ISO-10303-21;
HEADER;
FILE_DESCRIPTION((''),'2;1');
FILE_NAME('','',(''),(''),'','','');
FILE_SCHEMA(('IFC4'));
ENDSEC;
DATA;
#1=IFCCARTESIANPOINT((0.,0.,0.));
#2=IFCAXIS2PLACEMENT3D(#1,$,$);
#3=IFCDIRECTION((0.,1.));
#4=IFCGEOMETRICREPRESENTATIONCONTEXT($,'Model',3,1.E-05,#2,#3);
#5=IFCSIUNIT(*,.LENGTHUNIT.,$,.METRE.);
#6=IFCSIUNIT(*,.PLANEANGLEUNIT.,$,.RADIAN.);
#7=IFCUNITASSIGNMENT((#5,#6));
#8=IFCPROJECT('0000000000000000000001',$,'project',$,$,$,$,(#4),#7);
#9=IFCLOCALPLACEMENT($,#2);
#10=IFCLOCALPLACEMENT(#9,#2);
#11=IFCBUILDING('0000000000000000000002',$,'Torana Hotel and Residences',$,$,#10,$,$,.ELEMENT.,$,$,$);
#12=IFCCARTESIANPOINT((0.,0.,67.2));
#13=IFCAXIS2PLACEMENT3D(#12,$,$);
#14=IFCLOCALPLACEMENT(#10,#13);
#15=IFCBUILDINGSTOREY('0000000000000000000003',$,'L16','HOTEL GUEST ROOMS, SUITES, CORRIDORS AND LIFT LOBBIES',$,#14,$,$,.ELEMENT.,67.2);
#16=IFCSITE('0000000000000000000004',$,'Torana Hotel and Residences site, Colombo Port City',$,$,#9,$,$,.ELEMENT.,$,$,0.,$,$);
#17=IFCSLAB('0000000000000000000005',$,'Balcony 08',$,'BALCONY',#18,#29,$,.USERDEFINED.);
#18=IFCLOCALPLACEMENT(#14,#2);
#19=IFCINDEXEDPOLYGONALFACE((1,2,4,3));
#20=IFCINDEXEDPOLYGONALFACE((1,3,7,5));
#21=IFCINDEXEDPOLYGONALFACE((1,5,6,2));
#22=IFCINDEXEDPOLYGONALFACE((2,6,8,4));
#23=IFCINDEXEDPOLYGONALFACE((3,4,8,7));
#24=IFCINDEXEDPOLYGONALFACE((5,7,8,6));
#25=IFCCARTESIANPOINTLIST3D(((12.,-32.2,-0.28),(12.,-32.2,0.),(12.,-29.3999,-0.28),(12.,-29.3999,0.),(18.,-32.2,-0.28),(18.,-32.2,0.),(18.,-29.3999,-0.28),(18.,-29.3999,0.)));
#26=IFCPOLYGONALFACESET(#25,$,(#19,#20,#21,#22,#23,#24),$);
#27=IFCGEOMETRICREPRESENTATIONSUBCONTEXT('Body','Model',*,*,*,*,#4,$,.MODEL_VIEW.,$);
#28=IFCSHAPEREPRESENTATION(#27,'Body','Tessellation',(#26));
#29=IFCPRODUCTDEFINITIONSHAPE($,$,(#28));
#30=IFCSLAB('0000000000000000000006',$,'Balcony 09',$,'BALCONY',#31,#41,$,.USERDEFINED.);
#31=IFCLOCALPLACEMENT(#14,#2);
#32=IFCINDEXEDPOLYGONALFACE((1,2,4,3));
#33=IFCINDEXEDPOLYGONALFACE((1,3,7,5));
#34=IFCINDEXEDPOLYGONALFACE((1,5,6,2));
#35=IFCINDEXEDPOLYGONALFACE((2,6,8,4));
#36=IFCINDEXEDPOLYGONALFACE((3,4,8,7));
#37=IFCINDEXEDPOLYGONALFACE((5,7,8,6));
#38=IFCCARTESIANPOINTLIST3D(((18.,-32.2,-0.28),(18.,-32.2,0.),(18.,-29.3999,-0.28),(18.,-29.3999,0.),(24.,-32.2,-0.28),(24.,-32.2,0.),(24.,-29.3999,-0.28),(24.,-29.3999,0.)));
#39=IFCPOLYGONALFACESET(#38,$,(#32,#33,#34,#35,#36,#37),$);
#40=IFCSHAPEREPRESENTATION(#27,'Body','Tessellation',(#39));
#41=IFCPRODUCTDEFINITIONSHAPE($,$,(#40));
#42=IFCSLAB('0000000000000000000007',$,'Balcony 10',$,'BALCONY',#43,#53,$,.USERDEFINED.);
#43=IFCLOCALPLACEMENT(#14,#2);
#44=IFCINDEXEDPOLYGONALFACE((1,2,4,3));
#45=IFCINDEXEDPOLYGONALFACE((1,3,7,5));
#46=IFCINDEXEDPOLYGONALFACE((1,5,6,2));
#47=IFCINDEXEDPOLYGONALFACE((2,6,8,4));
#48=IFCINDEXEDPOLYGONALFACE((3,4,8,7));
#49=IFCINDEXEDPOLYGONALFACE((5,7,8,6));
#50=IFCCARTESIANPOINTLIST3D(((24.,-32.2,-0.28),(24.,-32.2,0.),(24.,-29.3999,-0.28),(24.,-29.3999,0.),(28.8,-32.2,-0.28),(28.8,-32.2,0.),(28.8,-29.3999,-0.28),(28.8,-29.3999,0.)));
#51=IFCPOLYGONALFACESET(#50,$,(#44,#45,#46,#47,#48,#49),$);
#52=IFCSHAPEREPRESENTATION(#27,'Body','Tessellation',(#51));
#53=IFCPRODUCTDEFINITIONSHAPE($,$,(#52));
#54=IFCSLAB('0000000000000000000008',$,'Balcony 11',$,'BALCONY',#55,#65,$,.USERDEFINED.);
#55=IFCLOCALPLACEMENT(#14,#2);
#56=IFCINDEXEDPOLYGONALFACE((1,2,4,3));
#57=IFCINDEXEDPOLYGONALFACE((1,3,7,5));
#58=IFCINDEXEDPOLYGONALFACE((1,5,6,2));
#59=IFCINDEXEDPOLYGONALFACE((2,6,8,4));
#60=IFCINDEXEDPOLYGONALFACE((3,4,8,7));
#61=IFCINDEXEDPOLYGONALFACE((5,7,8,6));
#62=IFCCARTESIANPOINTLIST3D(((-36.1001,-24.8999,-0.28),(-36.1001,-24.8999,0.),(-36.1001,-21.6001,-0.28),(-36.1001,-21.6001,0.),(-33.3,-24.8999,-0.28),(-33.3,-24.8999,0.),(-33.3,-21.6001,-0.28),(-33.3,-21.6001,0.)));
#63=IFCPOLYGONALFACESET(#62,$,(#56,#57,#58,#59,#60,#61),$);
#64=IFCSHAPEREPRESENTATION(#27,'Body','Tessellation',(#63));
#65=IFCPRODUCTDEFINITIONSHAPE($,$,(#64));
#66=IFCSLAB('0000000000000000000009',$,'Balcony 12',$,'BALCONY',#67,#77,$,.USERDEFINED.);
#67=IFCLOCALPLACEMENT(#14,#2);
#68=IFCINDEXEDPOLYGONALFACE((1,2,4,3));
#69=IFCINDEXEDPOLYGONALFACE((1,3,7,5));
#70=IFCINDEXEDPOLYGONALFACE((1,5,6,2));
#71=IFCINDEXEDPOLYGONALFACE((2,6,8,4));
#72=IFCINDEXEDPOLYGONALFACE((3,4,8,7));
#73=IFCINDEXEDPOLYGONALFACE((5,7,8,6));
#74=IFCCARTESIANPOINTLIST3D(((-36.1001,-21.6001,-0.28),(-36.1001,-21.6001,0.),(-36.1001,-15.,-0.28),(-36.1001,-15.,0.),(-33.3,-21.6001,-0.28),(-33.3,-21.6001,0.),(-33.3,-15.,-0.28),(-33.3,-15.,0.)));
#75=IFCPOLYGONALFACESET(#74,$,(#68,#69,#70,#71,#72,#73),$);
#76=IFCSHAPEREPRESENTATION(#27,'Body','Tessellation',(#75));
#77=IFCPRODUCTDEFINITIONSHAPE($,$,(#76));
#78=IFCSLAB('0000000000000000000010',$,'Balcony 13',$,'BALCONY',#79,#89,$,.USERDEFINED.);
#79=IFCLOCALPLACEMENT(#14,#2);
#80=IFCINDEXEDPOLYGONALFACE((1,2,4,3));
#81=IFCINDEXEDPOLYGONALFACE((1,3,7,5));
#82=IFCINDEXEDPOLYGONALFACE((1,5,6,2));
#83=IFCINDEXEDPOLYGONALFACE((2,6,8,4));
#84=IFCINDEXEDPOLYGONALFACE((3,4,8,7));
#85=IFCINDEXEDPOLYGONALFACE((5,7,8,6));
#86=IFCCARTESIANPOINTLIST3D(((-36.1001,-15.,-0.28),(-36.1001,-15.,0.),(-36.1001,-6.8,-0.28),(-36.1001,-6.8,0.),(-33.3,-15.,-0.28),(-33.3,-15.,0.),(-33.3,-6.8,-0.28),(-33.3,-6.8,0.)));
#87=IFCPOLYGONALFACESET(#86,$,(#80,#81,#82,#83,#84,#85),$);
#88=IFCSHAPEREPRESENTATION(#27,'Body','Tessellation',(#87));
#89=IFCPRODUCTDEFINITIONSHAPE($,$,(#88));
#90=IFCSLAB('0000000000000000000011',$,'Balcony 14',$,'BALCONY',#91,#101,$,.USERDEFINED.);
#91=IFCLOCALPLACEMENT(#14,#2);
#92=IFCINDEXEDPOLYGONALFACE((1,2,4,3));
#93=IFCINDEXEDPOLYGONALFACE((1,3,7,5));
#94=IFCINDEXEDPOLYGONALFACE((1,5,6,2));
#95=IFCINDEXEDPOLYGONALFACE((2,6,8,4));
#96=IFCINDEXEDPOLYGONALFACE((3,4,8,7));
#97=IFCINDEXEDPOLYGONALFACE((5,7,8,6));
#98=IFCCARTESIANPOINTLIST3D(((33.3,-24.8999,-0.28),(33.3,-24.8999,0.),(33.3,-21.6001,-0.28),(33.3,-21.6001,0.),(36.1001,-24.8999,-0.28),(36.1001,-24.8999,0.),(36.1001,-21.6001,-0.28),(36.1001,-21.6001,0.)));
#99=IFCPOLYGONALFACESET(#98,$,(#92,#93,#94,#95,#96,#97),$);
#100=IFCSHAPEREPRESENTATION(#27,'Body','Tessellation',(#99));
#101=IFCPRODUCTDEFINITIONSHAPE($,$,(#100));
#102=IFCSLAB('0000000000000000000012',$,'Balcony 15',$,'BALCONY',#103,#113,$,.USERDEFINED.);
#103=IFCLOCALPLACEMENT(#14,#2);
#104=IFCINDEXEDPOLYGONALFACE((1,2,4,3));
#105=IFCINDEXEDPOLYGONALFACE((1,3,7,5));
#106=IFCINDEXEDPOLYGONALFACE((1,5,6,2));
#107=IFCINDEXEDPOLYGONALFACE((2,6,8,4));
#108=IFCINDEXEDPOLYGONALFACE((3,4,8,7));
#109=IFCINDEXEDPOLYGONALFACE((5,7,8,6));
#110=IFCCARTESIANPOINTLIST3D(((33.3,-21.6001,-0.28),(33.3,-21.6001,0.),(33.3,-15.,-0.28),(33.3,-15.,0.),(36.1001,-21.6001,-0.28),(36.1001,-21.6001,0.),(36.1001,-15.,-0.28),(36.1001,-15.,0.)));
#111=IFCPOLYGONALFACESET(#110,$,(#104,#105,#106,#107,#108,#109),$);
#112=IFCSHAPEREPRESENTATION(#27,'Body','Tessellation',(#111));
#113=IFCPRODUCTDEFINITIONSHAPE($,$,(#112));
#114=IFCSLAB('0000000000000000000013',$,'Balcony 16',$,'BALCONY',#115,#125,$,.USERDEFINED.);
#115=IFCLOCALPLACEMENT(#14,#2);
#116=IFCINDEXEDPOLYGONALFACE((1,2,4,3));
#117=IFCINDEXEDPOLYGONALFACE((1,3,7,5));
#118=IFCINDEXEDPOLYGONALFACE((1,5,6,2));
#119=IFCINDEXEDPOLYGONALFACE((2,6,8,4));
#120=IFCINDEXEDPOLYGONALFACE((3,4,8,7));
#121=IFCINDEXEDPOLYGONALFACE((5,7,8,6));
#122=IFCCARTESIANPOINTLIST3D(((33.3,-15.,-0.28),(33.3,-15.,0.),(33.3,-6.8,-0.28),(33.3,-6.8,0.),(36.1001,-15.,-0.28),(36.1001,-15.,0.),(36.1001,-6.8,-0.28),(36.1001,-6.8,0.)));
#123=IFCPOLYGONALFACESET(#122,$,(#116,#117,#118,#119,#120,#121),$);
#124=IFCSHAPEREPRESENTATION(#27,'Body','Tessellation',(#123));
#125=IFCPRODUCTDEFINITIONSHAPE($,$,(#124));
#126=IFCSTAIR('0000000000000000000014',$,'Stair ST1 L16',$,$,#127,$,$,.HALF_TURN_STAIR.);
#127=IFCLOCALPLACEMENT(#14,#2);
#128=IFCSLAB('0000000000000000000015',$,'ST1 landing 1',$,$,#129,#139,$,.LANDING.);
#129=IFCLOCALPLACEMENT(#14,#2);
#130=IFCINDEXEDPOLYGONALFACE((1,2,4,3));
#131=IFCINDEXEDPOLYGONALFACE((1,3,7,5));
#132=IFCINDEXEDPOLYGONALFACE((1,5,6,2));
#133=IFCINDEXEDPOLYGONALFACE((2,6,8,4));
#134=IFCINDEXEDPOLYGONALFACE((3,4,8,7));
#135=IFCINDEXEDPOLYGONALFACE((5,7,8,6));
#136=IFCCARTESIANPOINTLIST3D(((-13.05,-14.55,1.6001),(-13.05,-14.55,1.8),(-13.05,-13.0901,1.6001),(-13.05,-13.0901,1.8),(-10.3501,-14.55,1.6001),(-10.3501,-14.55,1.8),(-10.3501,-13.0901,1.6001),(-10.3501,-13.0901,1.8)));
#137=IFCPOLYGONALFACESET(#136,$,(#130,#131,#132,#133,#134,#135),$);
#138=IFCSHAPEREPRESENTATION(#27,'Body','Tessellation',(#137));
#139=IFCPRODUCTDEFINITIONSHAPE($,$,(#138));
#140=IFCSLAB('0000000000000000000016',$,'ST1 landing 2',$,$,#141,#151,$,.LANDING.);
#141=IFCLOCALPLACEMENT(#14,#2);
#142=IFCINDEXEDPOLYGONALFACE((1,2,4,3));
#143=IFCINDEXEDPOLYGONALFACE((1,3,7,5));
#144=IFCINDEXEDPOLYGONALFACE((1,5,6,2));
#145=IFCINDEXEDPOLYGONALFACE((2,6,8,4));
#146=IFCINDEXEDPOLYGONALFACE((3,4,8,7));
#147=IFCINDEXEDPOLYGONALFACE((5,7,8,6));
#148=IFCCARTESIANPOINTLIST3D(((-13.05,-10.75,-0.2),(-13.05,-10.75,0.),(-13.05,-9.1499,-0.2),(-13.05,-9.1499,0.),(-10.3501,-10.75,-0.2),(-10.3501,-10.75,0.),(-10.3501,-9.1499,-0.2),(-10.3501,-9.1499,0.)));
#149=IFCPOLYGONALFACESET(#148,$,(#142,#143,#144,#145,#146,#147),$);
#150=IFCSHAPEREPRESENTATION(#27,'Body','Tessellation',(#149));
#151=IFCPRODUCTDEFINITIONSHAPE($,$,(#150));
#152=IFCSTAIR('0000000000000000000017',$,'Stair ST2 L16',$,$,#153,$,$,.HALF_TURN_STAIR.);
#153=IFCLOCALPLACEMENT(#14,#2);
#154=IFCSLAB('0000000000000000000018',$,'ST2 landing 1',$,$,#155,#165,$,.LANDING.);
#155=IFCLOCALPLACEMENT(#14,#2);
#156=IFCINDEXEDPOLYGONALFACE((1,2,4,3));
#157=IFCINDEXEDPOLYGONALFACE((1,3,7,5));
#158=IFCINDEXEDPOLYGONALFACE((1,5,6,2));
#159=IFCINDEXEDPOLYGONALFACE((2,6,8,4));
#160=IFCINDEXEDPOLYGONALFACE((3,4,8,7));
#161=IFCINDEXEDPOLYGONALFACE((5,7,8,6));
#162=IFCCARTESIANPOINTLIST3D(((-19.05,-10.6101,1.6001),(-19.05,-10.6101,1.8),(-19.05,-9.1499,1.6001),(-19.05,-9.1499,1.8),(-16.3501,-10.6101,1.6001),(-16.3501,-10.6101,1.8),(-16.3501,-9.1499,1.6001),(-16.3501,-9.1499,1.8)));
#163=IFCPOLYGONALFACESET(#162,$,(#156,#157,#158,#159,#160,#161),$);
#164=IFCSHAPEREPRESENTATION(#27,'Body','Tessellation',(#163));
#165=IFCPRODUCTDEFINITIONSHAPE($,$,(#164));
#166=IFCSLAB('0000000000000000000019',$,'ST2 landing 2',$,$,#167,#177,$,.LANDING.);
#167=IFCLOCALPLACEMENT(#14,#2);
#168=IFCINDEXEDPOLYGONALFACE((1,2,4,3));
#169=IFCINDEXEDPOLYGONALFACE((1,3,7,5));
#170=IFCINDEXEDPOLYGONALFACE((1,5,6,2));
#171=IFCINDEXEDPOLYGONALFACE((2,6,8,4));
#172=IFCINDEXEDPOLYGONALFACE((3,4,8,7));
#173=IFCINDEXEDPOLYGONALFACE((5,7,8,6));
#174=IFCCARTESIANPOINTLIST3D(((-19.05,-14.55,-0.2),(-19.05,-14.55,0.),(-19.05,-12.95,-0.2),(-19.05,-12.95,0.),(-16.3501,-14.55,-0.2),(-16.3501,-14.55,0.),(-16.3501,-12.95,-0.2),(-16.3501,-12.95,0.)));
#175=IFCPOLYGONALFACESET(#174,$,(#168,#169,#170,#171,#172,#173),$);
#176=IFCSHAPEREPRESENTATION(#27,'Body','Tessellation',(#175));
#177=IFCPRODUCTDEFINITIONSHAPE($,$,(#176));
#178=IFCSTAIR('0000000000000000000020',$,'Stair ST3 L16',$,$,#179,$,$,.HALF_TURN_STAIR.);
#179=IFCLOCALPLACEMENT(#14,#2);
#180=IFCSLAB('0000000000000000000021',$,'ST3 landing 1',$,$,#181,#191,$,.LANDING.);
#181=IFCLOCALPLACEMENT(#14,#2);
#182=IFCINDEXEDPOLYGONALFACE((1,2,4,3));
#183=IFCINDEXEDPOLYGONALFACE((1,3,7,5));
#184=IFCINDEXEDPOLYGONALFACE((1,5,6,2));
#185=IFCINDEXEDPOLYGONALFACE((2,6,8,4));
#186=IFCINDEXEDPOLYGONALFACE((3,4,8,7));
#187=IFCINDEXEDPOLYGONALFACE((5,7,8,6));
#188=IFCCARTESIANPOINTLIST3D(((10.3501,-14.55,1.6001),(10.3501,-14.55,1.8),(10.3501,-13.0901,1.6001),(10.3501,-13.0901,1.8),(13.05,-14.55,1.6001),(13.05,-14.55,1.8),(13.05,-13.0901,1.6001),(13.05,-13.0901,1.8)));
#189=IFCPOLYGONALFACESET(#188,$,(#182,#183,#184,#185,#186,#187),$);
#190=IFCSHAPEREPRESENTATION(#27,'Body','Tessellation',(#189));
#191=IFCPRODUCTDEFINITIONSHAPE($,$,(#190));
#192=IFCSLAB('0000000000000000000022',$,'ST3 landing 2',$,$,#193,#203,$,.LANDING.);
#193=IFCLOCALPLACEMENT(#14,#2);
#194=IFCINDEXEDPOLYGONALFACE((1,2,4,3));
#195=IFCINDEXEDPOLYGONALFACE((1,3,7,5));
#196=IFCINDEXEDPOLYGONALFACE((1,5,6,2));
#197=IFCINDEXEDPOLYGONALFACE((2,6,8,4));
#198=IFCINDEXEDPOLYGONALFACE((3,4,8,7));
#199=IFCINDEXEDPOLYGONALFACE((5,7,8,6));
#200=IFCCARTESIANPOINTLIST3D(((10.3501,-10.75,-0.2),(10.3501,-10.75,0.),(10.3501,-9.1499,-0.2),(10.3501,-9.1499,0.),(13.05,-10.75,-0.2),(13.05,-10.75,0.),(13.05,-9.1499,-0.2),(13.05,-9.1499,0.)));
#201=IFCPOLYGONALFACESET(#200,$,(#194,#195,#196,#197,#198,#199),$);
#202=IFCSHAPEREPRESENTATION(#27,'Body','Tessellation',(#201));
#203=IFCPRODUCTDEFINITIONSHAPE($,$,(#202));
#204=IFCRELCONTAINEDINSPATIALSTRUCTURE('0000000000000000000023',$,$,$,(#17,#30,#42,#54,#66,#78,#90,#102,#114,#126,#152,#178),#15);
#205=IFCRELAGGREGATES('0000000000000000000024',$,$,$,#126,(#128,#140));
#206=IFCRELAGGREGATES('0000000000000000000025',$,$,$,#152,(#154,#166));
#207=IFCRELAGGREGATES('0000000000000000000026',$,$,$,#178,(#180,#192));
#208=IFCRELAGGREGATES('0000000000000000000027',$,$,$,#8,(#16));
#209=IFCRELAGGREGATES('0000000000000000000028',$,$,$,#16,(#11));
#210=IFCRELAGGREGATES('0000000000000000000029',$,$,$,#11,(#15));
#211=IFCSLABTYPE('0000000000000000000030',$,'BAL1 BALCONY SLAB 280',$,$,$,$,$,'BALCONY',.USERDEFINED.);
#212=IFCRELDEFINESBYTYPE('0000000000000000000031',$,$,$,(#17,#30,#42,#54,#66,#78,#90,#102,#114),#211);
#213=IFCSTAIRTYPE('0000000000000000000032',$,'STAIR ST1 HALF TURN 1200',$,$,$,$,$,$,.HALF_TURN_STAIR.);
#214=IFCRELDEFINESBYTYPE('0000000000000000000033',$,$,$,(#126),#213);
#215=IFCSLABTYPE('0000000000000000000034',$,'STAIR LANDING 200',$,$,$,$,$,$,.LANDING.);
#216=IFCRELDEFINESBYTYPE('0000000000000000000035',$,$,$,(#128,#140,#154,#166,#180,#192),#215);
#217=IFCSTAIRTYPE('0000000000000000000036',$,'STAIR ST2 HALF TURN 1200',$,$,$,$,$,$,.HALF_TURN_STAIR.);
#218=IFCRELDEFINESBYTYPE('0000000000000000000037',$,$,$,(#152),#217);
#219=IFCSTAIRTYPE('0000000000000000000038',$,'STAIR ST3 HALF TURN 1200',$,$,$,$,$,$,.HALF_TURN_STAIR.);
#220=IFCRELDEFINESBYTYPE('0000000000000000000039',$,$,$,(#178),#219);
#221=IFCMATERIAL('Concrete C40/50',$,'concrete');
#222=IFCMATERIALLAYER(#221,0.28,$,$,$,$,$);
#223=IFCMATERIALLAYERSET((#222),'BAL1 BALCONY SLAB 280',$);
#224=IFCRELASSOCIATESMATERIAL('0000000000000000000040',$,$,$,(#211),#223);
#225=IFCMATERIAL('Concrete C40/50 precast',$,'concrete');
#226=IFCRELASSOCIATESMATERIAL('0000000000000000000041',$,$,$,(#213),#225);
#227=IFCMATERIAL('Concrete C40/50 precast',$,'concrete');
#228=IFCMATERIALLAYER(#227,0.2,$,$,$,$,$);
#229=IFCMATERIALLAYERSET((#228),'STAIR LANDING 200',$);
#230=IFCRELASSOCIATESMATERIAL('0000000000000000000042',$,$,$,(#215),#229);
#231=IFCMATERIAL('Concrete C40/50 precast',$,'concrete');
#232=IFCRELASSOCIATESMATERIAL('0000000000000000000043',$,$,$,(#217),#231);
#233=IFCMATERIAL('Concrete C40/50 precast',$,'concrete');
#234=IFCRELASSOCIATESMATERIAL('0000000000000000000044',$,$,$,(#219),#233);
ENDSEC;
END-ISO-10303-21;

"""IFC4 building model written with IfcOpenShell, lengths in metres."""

from ifc_helpers import new_model, si_unit, direction, frame, origin, place, context, subcontext, project, spatial, polyline, outline, extrude, material, layer, layer_set, type_object, element, aggregate, save


model = new_model("IFC4")

# Units and contexts
model_context = context("Model", 3, precision=1e-05, world=origin(), true_north=direction((0.0, 1.0)))
body_context = subcontext(model_context, "Body", "Model", "MODEL_VIEW")
ifc_project = project(units=[si_unit("LENGTHUNIT", "METRE"), si_unit("PLANEANGLEUNIT", "RADIAN")], contexts=[model_context])

# Site, building, storey
site_placement = place(None, origin())
site = spatial("IfcSite", under=ifc_project, at=site_placement, Name="Torana Hotel and Residences site, Colombo Port City", CompositionType="ELEMENT", RefElevation=0.0)
building_placement = place(site_placement, origin())
building = spatial("IfcBuilding", under=site, at=building_placement, Name="Torana Hotel and Residences", CompositionType="ELEMENT")
storey_placement = place(building_placement, frame((0.0, 0.0, 67.2)))
storey = spatial("IfcBuildingStorey", under=building, at=storey_placement, Name="L16", Description="HOTEL GUEST ROOMS, SUITES, CORRIDORS AND LIFT LOBBIES", CompositionType="ELEMENT", Elevation=67.2)

# Slabs
ifc_material_1 = material(Name="Concrete C40/50", Category="concrete")
ifc_layer_1 = layer(ifc_material_1, 0.28)
ifc_layer_set_1 = layer_set([ifc_layer_1], Name="BAL1 BALCONY SLAB 280")
slab_type_1 = type_object("IfcSlabType", Name="BAL1 BALCONY SLAB 280", ElementType="BALCONY", PredefinedType="USERDEFINED", material=ifc_layer_set_1)
slab_1_placement = place(storey_placement, frame((0.0, 0.0, -0.28)))
element("IfcSlab", 1, at=slab_1_placement, inside=storey, type_object=slab_type_1, Name="Balcony 08", ObjectType="BALCONY", PredefinedType="USERDEFINED", context=body_context, shape_type="SweptSolid", body=[
    extrude(outline(polyline([(12.0, -32.2), (18.0, -32.2), (18.0, -29.3999), (12.0, -29.3999), (12.0, -32.2)])), origin(), (0.0, 0.0, 1.0), 0.28),
])
slab_2_placement = place(storey_placement, frame((0.0, 0.0, -0.28)))
element("IfcSlab", 2, at=slab_2_placement, inside=storey, type_object=slab_type_1, Name="Balcony 09", ObjectType="BALCONY", PredefinedType="USERDEFINED", context=body_context, shape_type="SweptSolid", body=[
    extrude(outline(polyline([(18.0, -32.2), (24.0, -32.2), (24.0, -29.3999), (18.0, -29.3999), (18.0, -32.2)])), origin(), (0.0, 0.0, 1.0), 0.28),
])
slab_3_placement = place(storey_placement, frame((0.0, 0.0, -0.28)))
element("IfcSlab", 3, at=slab_3_placement, inside=storey, type_object=slab_type_1, Name="Balcony 10", ObjectType="BALCONY", PredefinedType="USERDEFINED", context=body_context, shape_type="SweptSolid", body=[
    extrude(outline(polyline([(24.0, -32.2), (28.8, -32.2), (28.8, -29.3999), (24.0, -29.3999), (24.0, -32.2)])), origin(), (0.0, 0.0, 1.0), 0.28),
])
slab_4_placement = place(storey_placement, frame((0.0, 0.0, -0.28)))
element("IfcSlab", 4, at=slab_4_placement, inside=storey, type_object=slab_type_1, Name="Balcony 11", ObjectType="BALCONY", PredefinedType="USERDEFINED", context=body_context, shape_type="SweptSolid", body=[
    extrude(outline(polyline([(-36.1001, -24.8999), (-33.3, -24.8999), (-33.3, -21.6001), (-36.1001, -21.6001), (-36.1001, -24.8999)])), origin(), (0.0, 0.0, 1.0), 0.28),
])
slab_5_placement = place(storey_placement, frame((0.0, 0.0, -0.28)))
element("IfcSlab", 5, at=slab_5_placement, inside=storey, type_object=slab_type_1, Name="Balcony 12", ObjectType="BALCONY", PredefinedType="USERDEFINED", context=body_context, shape_type="SweptSolid", body=[
    extrude(outline(polyline([(-36.1001, -21.6001), (-33.3, -21.6001), (-33.3, -15.0), (-36.1001, -15.0), (-36.1001, -21.6001)])), origin(), (0.0, 0.0, 1.0), 0.28),
])
slab_6_placement = place(storey_placement, frame((0.0, 0.0, -0.28)))
element("IfcSlab", 6, at=slab_6_placement, inside=storey, type_object=slab_type_1, Name="Balcony 13", ObjectType="BALCONY", PredefinedType="USERDEFINED", context=body_context, shape_type="SweptSolid", body=[
    extrude(outline(polyline([(-36.1001, -15.0), (-33.3, -15.0), (-33.3, -6.8), (-36.1001, -6.8), (-36.1001, -15.0)])), origin(), (0.0, 0.0, 1.0), 0.28),
])
slab_7_placement = place(storey_placement, frame((0.0, 0.0, -0.28)))
element("IfcSlab", 7, at=slab_7_placement, inside=storey, type_object=slab_type_1, Name="Balcony 14", ObjectType="BALCONY", PredefinedType="USERDEFINED", context=body_context, shape_type="SweptSolid", body=[
    extrude(outline(polyline([(33.3, -24.8999), (36.1001, -24.8999), (36.1001, -21.6001), (33.3, -21.6001), (33.3, -24.8999)])), origin(), (0.0, 0.0, 1.0), 0.28),
])
slab_8_placement = place(storey_placement, frame((0.0, 0.0, -0.28)))
element("IfcSlab", 8, at=slab_8_placement, inside=storey, type_object=slab_type_1, Name="Balcony 15", ObjectType="BALCONY", PredefinedType="USERDEFINED", context=body_context, shape_type="SweptSolid", body=[
    extrude(outline(polyline([(33.3, -21.6001), (36.1001, -21.6001), (36.1001, -15.0), (33.3, -15.0), (33.3, -21.6001)])), origin(), (0.0, 0.0, 1.0), 0.28),
])
slab_9_placement = place(storey_placement, frame((0.0, 0.0, -0.28)))
element("IfcSlab", 9, at=slab_9_placement, inside=storey, type_object=slab_type_1, Name="Balcony 16", ObjectType="BALCONY", PredefinedType="USERDEFINED", context=body_context, shape_type="SweptSolid", body=[
    extrude(outline(polyline([(33.3, -15.0), (36.1001, -15.0), (36.1001, -6.8), (33.3, -6.8), (33.3, -15.0)])), origin(), (0.0, 0.0, 1.0), 0.28),
])

# Stairs, slabs
ifc_material_2 = material(Name="Concrete C40/50 precast", Category="concrete")
stair_type_1 = type_object("IfcStairType", Name="STAIR ST1 HALF TURN 1200", PredefinedType="HALF_TURN_STAIR", material=ifc_material_2)
stair_1_placement = place(storey_placement, origin())
stair_1 = element("IfcStair", 10, at=stair_1_placement, inside=storey, type_object=stair_type_1, Name="Stair ST1 L16", PredefinedType="HALF_TURN_STAIR")
ifc_material_3 = material(Name="Concrete C40/50 precast", Category="concrete")
ifc_layer_2 = layer(ifc_material_3, 0.2)
ifc_layer_set_2 = layer_set([ifc_layer_2], Name="STAIR LANDING 200")
slab_type_2 = type_object("IfcSlabType", Name="STAIR LANDING 200", PredefinedType="LANDING", material=ifc_layer_set_2)
slab_10_placement = place(storey_placement, frame((0.0, 0.0, 1.6001)))
slab_10 = element("IfcSlab", 11, at=slab_10_placement, type_object=slab_type_2, Name="ST1 landing 1", PredefinedType="LANDING", context=body_context, shape_type="SweptSolid", body=[
    extrude(outline(polyline([(-13.05, -14.55), (-10.3501, -14.55), (-10.3501, -13.0901), (-13.05, -13.0901), (-13.05, -14.55)])), origin(), (0.0, 0.0, 1.0), 0.2),
])
slab_11_placement = place(storey_placement, frame((0.0, 0.0, -0.2)))
slab_11 = element("IfcSlab", 12, at=slab_11_placement, type_object=slab_type_2, Name="ST1 landing 2", PredefinedType="LANDING", context=body_context, shape_type="SweptSolid", body=[
    extrude(outline(polyline([(-13.05, -10.75), (-10.3501, -10.75), (-10.3501, -9.1499), (-13.05, -9.1499), (-13.05, -10.75)])), origin(), (0.0, 0.0, 1.0), 0.2),
])
aggregate(stair_1, [slab_10, slab_11])
ifc_material_4 = material(Name="Concrete C40/50 precast", Category="concrete")
stair_type_2 = type_object("IfcStairType", Name="STAIR ST2 HALF TURN 1200", PredefinedType="HALF_TURN_STAIR", material=ifc_material_4)
stair_2_placement = place(storey_placement, origin())
stair_2 = element("IfcStair", 13, at=stair_2_placement, inside=storey, type_object=stair_type_2, Name="Stair ST2 L16", PredefinedType="HALF_TURN_STAIR")
slab_12_placement = place(storey_placement, frame((0.0, 0.0, 1.6001)))
slab_12 = element("IfcSlab", 14, at=slab_12_placement, type_object=slab_type_2, Name="ST2 landing 1", PredefinedType="LANDING", context=body_context, shape_type="SweptSolid", body=[
    extrude(outline(polyline([(-19.05, -10.6101), (-16.3501, -10.6101), (-16.3501, -9.1499), (-19.05, -9.1499), (-19.05, -10.6101)])), origin(), (0.0, 0.0, 1.0), 0.2),
])
slab_13_placement = place(storey_placement, frame((0.0, 0.0, -0.2)))
slab_13 = element("IfcSlab", 15, at=slab_13_placement, type_object=slab_type_2, Name="ST2 landing 2", PredefinedType="LANDING", context=body_context, shape_type="SweptSolid", body=[
    extrude(outline(polyline([(-19.05, -14.55), (-16.3501, -14.55), (-16.3501, -12.95), (-19.05, -12.95), (-19.05, -14.55)])), origin(), (0.0, 0.0, 1.0), 0.2),
])
aggregate(stair_2, [slab_12, slab_13])
ifc_material_5 = material(Name="Concrete C40/50 precast", Category="concrete")
stair_type_3 = type_object("IfcStairType", Name="STAIR ST3 HALF TURN 1200", PredefinedType="HALF_TURN_STAIR", material=ifc_material_5)
stair_3_placement = place(storey_placement, origin())
stair_3 = element("IfcStair", 16, at=stair_3_placement, inside=storey, type_object=stair_type_3, Name="Stair ST3 L16", PredefinedType="HALF_TURN_STAIR")
slab_14_placement = place(storey_placement, frame((0.0, 0.0, 1.6001)))
slab_14 = element("IfcSlab", 17, at=slab_14_placement, type_object=slab_type_2, Name="ST3 landing 1", PredefinedType="LANDING", context=body_context, shape_type="SweptSolid", body=[
    extrude(outline(polyline([(10.3501, -14.55), (13.05, -14.55), (13.05, -13.0901), (10.3501, -13.0901), (10.3501, -14.55)])), origin(), (0.0, 0.0, 1.0), 0.2),
])
slab_15_placement = place(storey_placement, frame((0.0, 0.0, -0.2)))
slab_15 = element("IfcSlab", 18, at=slab_15_placement, type_object=slab_type_2, Name="ST3 landing 2", PredefinedType="LANDING", context=body_context, shape_type="SweptSolid", body=[
    extrude(outline(polyline([(10.3501, -10.75), (13.05, -10.75), (13.05, -9.1499), (10.3501, -9.1499), (10.3501, -10.75)])), origin(), (0.0, 0.0, 1.0), 0.2),
])
aggregate(stair_3, [slab_14, slab_15])

save(model, "model.ifc")
